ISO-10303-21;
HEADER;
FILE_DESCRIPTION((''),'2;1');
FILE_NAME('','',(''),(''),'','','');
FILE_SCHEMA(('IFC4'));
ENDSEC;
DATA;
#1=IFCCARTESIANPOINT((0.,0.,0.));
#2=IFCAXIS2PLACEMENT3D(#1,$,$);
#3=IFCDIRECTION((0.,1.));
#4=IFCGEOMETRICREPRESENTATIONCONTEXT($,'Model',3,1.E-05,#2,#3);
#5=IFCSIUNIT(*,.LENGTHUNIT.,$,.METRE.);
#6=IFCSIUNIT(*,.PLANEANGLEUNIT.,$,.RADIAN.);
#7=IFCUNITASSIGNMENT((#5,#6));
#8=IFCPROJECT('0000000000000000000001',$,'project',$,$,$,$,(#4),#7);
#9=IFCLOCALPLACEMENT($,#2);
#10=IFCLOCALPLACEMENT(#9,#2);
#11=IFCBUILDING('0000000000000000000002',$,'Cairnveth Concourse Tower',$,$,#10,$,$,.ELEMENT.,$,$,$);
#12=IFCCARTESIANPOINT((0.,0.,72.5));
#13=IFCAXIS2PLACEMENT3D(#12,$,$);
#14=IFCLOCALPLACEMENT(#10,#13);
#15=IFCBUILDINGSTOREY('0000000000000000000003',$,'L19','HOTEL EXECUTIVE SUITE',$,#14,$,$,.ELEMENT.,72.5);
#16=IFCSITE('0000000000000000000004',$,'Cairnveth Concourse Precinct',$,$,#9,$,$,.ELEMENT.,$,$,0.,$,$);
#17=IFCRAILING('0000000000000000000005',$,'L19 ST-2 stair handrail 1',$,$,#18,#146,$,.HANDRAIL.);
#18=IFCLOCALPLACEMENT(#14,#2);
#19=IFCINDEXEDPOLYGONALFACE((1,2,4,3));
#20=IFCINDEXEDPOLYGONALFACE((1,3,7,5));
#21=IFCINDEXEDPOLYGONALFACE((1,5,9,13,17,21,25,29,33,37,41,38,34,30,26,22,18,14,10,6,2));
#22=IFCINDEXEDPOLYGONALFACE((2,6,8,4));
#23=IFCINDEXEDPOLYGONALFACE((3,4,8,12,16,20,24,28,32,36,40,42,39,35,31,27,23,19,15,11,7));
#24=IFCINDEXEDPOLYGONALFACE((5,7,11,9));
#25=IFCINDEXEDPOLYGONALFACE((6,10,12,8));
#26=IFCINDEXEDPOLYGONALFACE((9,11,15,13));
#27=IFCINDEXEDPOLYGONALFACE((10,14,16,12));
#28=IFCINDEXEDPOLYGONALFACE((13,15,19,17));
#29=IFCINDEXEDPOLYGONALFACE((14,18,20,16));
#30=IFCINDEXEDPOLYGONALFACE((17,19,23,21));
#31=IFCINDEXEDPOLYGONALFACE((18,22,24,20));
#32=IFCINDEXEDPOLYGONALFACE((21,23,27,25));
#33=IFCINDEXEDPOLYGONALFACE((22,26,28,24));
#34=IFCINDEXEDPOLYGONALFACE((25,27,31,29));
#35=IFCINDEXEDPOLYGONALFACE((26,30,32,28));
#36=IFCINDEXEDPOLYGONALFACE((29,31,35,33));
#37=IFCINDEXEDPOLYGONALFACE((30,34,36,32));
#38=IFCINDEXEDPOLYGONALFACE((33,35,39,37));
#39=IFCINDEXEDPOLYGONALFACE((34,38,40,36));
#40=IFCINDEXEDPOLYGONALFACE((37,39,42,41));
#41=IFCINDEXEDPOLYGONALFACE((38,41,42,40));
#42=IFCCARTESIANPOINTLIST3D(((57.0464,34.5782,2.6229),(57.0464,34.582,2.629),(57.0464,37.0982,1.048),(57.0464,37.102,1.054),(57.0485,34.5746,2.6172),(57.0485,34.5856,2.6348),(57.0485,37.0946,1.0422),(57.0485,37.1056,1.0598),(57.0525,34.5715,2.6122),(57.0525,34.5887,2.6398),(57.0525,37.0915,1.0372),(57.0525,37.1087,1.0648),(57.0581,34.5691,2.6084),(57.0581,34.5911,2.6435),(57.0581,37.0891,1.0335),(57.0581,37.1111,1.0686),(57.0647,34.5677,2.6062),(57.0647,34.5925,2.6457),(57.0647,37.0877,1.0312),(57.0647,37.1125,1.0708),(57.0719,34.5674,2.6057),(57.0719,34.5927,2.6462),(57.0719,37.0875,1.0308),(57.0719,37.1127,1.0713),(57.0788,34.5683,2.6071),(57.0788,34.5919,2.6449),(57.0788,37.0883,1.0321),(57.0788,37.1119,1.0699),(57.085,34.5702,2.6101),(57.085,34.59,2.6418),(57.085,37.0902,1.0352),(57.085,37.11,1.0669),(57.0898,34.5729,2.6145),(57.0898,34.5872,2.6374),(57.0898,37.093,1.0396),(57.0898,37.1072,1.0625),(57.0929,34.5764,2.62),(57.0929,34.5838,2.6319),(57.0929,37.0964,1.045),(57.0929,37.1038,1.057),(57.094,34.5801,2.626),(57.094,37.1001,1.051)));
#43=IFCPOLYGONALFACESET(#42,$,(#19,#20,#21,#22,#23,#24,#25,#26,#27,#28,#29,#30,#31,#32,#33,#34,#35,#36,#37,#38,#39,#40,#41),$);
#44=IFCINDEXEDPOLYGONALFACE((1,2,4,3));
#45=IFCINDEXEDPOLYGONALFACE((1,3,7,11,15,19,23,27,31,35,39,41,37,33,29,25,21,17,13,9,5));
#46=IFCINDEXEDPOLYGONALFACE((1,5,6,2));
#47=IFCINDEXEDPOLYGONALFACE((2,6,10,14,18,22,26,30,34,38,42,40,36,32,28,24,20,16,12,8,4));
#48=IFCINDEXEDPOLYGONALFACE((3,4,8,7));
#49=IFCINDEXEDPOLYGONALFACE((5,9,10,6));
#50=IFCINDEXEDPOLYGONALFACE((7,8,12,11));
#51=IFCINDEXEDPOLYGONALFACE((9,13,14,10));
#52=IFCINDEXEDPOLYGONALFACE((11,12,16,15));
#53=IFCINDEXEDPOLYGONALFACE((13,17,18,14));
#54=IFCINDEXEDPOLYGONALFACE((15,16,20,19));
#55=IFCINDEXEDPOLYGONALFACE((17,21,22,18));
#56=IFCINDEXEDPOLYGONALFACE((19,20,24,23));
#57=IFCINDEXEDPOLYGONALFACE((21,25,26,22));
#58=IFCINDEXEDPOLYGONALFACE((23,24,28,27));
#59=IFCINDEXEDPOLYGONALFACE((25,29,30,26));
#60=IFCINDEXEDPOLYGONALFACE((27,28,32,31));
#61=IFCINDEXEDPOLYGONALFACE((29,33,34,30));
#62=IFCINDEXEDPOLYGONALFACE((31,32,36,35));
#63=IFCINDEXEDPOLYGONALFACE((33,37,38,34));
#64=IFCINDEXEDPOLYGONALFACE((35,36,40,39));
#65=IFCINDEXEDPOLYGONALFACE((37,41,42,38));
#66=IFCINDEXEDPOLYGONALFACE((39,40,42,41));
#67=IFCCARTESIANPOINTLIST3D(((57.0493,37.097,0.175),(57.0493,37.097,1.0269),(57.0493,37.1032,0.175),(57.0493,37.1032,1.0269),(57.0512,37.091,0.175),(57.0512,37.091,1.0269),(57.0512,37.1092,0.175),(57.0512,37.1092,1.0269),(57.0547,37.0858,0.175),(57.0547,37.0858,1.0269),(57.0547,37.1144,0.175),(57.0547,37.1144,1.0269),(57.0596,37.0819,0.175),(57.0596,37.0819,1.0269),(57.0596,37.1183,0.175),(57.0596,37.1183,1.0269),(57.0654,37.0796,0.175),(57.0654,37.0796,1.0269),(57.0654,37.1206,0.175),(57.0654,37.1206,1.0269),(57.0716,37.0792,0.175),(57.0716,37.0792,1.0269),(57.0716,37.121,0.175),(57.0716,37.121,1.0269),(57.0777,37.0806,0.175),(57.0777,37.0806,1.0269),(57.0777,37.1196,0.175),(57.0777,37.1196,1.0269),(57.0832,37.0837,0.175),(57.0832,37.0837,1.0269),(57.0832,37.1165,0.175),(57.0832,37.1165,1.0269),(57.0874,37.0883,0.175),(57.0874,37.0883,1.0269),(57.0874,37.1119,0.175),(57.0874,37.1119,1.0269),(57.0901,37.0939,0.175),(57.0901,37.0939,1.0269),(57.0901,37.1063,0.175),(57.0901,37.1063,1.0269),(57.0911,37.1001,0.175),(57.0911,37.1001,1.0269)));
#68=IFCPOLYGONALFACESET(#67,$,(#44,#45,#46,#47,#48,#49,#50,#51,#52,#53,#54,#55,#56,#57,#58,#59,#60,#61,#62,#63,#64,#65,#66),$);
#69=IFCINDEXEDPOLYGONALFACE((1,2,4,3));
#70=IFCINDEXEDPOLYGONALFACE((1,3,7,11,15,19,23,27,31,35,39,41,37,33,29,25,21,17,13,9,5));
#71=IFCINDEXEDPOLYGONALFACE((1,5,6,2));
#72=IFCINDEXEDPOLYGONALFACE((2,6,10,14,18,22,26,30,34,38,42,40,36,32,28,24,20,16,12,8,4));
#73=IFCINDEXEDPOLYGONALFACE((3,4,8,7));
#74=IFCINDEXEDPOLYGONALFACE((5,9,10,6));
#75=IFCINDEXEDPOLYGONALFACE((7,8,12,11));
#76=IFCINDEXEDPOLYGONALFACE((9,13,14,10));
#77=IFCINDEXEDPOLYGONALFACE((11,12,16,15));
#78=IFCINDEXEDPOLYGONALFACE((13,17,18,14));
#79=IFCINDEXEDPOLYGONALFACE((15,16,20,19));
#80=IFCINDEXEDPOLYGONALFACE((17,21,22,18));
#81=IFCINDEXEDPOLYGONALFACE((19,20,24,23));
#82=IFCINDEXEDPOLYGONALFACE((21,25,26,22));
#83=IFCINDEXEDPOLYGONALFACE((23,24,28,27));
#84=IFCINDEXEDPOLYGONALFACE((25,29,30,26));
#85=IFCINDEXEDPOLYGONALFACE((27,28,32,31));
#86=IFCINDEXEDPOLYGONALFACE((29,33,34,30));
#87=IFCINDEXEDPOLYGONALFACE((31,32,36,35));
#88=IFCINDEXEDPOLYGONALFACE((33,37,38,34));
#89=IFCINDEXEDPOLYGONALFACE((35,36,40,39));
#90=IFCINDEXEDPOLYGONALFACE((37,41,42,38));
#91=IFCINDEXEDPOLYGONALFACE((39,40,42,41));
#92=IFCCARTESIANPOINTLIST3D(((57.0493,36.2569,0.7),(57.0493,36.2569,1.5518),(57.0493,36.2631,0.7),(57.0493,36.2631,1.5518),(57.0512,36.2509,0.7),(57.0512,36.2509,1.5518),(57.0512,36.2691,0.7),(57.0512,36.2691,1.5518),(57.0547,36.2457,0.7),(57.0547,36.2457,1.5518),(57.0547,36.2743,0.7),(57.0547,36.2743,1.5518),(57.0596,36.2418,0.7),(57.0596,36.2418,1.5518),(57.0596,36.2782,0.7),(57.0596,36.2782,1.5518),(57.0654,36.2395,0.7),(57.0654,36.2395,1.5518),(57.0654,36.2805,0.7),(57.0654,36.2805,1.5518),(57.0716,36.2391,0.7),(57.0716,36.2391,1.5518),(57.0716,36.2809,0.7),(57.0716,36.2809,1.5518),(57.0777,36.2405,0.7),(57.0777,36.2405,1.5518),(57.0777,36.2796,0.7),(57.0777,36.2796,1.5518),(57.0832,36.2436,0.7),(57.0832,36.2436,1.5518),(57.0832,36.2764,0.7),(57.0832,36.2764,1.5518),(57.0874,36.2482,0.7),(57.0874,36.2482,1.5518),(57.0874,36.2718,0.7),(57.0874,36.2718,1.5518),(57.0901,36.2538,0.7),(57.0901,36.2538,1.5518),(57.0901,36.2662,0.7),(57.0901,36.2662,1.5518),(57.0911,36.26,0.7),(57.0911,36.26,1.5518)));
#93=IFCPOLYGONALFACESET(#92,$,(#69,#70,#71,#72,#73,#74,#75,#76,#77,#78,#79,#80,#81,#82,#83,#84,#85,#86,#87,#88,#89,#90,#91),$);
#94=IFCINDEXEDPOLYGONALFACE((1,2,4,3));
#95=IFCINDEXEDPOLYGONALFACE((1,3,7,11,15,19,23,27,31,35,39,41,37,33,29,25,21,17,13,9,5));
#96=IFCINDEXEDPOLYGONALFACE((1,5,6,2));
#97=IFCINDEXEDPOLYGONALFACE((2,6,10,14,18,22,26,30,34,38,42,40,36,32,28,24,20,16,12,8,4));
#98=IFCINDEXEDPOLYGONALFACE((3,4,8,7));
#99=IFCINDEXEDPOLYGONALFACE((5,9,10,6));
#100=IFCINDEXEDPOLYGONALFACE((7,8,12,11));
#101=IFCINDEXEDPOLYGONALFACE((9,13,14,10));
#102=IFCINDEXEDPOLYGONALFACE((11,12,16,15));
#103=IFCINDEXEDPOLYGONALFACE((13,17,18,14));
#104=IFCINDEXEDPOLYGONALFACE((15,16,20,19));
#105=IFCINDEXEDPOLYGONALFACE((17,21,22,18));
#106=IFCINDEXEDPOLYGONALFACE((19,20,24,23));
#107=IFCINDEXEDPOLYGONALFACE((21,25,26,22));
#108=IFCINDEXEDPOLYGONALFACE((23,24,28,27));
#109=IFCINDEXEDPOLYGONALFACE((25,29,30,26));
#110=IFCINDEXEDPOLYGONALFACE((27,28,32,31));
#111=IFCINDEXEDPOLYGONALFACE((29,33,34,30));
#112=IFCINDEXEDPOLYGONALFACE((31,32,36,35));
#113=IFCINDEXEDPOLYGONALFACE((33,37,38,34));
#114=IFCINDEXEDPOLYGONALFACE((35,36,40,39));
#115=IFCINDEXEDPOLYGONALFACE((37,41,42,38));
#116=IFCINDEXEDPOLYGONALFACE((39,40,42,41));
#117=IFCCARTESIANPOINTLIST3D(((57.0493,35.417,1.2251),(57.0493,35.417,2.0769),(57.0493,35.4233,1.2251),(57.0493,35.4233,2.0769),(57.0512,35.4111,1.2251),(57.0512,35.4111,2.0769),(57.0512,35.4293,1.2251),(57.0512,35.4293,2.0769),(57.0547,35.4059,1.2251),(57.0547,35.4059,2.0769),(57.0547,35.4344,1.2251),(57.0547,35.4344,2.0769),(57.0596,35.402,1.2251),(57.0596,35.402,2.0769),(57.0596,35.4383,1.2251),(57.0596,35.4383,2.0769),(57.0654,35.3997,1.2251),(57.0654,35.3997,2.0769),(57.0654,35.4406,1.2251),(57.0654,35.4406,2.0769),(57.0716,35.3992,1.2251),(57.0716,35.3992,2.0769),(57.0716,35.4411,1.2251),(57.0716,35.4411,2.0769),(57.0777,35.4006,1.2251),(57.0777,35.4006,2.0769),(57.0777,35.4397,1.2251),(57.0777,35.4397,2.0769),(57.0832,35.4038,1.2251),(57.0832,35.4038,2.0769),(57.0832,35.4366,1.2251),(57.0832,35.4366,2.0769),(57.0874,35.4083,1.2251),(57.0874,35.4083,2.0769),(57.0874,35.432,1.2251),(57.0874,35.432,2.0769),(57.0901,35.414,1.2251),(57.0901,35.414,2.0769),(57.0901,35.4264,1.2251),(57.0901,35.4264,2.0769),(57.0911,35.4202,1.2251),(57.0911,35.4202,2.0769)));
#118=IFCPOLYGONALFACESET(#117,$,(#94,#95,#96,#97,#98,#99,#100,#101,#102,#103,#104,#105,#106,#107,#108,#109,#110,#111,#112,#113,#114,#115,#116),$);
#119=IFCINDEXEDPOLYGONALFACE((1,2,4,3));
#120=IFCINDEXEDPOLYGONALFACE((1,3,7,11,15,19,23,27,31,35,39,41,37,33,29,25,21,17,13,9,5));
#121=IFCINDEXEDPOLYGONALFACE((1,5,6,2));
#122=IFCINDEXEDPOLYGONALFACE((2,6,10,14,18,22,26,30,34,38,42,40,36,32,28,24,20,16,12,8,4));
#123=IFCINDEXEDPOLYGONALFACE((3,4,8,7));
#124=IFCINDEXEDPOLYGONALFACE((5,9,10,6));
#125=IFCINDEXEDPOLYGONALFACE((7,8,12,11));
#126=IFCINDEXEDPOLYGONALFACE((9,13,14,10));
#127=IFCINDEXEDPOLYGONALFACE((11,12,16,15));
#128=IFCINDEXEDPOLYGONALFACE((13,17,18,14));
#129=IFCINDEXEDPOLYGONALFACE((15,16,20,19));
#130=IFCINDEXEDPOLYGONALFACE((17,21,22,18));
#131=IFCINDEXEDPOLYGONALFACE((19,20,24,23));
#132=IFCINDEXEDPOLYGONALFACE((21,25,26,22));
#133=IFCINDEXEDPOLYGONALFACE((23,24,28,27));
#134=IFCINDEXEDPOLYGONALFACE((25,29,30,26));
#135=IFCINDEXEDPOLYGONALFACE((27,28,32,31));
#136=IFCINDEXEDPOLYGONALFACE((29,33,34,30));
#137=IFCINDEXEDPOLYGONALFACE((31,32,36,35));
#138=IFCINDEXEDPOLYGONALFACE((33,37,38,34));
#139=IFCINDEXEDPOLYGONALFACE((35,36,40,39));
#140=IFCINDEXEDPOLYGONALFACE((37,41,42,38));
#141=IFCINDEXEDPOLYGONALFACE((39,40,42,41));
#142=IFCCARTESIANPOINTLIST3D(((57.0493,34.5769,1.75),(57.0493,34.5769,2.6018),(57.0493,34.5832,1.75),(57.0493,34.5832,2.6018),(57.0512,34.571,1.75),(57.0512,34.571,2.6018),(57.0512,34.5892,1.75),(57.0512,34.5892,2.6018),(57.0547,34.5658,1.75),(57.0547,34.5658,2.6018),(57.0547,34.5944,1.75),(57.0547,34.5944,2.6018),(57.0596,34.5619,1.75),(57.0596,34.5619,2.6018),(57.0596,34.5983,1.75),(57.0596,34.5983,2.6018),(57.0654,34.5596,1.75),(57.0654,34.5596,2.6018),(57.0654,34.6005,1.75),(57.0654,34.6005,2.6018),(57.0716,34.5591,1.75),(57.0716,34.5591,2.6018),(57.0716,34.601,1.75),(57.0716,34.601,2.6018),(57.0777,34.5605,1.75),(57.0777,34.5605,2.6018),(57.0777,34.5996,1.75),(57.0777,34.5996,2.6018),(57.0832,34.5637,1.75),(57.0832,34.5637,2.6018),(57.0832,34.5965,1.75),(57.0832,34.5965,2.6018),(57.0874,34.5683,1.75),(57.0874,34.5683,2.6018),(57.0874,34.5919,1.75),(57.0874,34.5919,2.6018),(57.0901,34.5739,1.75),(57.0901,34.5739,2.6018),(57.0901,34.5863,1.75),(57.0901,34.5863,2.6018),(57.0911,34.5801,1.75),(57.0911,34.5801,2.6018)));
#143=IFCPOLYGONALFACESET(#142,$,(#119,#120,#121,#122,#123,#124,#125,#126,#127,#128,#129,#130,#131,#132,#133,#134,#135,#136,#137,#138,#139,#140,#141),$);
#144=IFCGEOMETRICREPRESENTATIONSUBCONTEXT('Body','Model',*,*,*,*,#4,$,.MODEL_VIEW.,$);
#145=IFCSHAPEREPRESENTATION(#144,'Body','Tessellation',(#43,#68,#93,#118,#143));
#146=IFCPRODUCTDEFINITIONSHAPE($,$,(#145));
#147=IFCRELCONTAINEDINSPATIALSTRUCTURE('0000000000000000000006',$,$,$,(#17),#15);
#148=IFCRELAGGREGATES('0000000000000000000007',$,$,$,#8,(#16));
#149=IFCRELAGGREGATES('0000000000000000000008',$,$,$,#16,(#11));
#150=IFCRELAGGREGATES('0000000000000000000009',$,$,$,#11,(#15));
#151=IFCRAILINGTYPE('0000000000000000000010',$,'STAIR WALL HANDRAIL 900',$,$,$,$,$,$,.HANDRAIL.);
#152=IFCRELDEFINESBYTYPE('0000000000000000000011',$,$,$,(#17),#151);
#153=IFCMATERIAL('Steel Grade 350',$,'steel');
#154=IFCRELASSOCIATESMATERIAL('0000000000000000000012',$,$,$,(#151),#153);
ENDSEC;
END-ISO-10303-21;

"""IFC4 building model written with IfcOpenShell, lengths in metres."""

from ifc_helpers import new_model, si_unit, direction, frame, origin, origin_2d, place, context, subcontext, project, spatial, circle, extrude, material, type_object, element, save


model = new_model("IFC4")

# Units and contexts
model_context = context("Model", 3, precision=1e-05, world=origin(), true_north=direction((0.0, 1.0)))
body_context = subcontext(model_context, "Body", "Model", "MODEL_VIEW")
ifc_project = project(units=[si_unit("LENGTHUNIT", "METRE"), si_unit("PLANEANGLEUNIT", "RADIAN")], contexts=[model_context])

# Site, building, storey
site_placement = place(None, origin())
site = spatial("IfcSite", under=ifc_project, at=site_placement, Name="Cairnveth Concourse Precinct", CompositionType="ELEMENT", RefElevation=0.0)
building_placement = place(site_placement, origin())
building = spatial("IfcBuilding", under=site, at=building_placement, Name="Cairnveth Concourse Tower", CompositionType="ELEMENT")
storey_placement = place(building_placement, frame((0.0, 0.0, 72.5)))
storey = spatial("IfcBuildingStorey", under=building, at=storey_placement, Name="L19", Description="HOTEL EXECUTIVE SUITE", CompositionType="ELEMENT", Elevation=72.5)

# Shared definitions
ifc_material_1 = material(Name="Steel Grade 350", Category="steel")

# Railing
railing_type_1 = type_object("IfcRailingType", Name="STAIR WALL HANDRAIL 900", PredefinedType="HANDRAIL", material=ifc_material_1)
railing_1_placement = place(storey_placement, frame((57.0701, 37.1001, 0.175)))
element("IfcRailing", 1, at=railing_1_placement, inside=storey, type_object=railing_type_1, Name="L19 ST-2 stair handrail 1", PredefinedType="HANDRAIL", context=body_context, shape_type="SweptSolid", body=[
    extrude(circle(Radius=0.0239, at=origin_2d()), frame((0.0, 0.0, 0.876), z_axis=(0.0, -0.848008, 0.529984), x_axis=(1.0, 0.0, 0.0)), (0.0, 0.0, 1.0), 2.9717),
    extrude(circle(Radius=0.021, at=origin_2d()), origin(), (0.0, 0.0, 1.0), 0.8518),
    extrude(circle(Radius=0.021, at=origin_2d()), frame((0.0, -0.8401, 0.5249)), (0.0, 0.0, 1.0), 0.8518),
    extrude(circle(Radius=0.021, at=origin_2d()), frame((0.0, -1.6799, 1.05)), (0.0, 0.0, 1.0), 0.8518),
    extrude(circle(Radius=0.021, at=origin_2d()), frame((0.0, -2.52, 1.575)), (0.0, 0.0, 1.0), 0.8518),
])

save(model, "model.ifc")
